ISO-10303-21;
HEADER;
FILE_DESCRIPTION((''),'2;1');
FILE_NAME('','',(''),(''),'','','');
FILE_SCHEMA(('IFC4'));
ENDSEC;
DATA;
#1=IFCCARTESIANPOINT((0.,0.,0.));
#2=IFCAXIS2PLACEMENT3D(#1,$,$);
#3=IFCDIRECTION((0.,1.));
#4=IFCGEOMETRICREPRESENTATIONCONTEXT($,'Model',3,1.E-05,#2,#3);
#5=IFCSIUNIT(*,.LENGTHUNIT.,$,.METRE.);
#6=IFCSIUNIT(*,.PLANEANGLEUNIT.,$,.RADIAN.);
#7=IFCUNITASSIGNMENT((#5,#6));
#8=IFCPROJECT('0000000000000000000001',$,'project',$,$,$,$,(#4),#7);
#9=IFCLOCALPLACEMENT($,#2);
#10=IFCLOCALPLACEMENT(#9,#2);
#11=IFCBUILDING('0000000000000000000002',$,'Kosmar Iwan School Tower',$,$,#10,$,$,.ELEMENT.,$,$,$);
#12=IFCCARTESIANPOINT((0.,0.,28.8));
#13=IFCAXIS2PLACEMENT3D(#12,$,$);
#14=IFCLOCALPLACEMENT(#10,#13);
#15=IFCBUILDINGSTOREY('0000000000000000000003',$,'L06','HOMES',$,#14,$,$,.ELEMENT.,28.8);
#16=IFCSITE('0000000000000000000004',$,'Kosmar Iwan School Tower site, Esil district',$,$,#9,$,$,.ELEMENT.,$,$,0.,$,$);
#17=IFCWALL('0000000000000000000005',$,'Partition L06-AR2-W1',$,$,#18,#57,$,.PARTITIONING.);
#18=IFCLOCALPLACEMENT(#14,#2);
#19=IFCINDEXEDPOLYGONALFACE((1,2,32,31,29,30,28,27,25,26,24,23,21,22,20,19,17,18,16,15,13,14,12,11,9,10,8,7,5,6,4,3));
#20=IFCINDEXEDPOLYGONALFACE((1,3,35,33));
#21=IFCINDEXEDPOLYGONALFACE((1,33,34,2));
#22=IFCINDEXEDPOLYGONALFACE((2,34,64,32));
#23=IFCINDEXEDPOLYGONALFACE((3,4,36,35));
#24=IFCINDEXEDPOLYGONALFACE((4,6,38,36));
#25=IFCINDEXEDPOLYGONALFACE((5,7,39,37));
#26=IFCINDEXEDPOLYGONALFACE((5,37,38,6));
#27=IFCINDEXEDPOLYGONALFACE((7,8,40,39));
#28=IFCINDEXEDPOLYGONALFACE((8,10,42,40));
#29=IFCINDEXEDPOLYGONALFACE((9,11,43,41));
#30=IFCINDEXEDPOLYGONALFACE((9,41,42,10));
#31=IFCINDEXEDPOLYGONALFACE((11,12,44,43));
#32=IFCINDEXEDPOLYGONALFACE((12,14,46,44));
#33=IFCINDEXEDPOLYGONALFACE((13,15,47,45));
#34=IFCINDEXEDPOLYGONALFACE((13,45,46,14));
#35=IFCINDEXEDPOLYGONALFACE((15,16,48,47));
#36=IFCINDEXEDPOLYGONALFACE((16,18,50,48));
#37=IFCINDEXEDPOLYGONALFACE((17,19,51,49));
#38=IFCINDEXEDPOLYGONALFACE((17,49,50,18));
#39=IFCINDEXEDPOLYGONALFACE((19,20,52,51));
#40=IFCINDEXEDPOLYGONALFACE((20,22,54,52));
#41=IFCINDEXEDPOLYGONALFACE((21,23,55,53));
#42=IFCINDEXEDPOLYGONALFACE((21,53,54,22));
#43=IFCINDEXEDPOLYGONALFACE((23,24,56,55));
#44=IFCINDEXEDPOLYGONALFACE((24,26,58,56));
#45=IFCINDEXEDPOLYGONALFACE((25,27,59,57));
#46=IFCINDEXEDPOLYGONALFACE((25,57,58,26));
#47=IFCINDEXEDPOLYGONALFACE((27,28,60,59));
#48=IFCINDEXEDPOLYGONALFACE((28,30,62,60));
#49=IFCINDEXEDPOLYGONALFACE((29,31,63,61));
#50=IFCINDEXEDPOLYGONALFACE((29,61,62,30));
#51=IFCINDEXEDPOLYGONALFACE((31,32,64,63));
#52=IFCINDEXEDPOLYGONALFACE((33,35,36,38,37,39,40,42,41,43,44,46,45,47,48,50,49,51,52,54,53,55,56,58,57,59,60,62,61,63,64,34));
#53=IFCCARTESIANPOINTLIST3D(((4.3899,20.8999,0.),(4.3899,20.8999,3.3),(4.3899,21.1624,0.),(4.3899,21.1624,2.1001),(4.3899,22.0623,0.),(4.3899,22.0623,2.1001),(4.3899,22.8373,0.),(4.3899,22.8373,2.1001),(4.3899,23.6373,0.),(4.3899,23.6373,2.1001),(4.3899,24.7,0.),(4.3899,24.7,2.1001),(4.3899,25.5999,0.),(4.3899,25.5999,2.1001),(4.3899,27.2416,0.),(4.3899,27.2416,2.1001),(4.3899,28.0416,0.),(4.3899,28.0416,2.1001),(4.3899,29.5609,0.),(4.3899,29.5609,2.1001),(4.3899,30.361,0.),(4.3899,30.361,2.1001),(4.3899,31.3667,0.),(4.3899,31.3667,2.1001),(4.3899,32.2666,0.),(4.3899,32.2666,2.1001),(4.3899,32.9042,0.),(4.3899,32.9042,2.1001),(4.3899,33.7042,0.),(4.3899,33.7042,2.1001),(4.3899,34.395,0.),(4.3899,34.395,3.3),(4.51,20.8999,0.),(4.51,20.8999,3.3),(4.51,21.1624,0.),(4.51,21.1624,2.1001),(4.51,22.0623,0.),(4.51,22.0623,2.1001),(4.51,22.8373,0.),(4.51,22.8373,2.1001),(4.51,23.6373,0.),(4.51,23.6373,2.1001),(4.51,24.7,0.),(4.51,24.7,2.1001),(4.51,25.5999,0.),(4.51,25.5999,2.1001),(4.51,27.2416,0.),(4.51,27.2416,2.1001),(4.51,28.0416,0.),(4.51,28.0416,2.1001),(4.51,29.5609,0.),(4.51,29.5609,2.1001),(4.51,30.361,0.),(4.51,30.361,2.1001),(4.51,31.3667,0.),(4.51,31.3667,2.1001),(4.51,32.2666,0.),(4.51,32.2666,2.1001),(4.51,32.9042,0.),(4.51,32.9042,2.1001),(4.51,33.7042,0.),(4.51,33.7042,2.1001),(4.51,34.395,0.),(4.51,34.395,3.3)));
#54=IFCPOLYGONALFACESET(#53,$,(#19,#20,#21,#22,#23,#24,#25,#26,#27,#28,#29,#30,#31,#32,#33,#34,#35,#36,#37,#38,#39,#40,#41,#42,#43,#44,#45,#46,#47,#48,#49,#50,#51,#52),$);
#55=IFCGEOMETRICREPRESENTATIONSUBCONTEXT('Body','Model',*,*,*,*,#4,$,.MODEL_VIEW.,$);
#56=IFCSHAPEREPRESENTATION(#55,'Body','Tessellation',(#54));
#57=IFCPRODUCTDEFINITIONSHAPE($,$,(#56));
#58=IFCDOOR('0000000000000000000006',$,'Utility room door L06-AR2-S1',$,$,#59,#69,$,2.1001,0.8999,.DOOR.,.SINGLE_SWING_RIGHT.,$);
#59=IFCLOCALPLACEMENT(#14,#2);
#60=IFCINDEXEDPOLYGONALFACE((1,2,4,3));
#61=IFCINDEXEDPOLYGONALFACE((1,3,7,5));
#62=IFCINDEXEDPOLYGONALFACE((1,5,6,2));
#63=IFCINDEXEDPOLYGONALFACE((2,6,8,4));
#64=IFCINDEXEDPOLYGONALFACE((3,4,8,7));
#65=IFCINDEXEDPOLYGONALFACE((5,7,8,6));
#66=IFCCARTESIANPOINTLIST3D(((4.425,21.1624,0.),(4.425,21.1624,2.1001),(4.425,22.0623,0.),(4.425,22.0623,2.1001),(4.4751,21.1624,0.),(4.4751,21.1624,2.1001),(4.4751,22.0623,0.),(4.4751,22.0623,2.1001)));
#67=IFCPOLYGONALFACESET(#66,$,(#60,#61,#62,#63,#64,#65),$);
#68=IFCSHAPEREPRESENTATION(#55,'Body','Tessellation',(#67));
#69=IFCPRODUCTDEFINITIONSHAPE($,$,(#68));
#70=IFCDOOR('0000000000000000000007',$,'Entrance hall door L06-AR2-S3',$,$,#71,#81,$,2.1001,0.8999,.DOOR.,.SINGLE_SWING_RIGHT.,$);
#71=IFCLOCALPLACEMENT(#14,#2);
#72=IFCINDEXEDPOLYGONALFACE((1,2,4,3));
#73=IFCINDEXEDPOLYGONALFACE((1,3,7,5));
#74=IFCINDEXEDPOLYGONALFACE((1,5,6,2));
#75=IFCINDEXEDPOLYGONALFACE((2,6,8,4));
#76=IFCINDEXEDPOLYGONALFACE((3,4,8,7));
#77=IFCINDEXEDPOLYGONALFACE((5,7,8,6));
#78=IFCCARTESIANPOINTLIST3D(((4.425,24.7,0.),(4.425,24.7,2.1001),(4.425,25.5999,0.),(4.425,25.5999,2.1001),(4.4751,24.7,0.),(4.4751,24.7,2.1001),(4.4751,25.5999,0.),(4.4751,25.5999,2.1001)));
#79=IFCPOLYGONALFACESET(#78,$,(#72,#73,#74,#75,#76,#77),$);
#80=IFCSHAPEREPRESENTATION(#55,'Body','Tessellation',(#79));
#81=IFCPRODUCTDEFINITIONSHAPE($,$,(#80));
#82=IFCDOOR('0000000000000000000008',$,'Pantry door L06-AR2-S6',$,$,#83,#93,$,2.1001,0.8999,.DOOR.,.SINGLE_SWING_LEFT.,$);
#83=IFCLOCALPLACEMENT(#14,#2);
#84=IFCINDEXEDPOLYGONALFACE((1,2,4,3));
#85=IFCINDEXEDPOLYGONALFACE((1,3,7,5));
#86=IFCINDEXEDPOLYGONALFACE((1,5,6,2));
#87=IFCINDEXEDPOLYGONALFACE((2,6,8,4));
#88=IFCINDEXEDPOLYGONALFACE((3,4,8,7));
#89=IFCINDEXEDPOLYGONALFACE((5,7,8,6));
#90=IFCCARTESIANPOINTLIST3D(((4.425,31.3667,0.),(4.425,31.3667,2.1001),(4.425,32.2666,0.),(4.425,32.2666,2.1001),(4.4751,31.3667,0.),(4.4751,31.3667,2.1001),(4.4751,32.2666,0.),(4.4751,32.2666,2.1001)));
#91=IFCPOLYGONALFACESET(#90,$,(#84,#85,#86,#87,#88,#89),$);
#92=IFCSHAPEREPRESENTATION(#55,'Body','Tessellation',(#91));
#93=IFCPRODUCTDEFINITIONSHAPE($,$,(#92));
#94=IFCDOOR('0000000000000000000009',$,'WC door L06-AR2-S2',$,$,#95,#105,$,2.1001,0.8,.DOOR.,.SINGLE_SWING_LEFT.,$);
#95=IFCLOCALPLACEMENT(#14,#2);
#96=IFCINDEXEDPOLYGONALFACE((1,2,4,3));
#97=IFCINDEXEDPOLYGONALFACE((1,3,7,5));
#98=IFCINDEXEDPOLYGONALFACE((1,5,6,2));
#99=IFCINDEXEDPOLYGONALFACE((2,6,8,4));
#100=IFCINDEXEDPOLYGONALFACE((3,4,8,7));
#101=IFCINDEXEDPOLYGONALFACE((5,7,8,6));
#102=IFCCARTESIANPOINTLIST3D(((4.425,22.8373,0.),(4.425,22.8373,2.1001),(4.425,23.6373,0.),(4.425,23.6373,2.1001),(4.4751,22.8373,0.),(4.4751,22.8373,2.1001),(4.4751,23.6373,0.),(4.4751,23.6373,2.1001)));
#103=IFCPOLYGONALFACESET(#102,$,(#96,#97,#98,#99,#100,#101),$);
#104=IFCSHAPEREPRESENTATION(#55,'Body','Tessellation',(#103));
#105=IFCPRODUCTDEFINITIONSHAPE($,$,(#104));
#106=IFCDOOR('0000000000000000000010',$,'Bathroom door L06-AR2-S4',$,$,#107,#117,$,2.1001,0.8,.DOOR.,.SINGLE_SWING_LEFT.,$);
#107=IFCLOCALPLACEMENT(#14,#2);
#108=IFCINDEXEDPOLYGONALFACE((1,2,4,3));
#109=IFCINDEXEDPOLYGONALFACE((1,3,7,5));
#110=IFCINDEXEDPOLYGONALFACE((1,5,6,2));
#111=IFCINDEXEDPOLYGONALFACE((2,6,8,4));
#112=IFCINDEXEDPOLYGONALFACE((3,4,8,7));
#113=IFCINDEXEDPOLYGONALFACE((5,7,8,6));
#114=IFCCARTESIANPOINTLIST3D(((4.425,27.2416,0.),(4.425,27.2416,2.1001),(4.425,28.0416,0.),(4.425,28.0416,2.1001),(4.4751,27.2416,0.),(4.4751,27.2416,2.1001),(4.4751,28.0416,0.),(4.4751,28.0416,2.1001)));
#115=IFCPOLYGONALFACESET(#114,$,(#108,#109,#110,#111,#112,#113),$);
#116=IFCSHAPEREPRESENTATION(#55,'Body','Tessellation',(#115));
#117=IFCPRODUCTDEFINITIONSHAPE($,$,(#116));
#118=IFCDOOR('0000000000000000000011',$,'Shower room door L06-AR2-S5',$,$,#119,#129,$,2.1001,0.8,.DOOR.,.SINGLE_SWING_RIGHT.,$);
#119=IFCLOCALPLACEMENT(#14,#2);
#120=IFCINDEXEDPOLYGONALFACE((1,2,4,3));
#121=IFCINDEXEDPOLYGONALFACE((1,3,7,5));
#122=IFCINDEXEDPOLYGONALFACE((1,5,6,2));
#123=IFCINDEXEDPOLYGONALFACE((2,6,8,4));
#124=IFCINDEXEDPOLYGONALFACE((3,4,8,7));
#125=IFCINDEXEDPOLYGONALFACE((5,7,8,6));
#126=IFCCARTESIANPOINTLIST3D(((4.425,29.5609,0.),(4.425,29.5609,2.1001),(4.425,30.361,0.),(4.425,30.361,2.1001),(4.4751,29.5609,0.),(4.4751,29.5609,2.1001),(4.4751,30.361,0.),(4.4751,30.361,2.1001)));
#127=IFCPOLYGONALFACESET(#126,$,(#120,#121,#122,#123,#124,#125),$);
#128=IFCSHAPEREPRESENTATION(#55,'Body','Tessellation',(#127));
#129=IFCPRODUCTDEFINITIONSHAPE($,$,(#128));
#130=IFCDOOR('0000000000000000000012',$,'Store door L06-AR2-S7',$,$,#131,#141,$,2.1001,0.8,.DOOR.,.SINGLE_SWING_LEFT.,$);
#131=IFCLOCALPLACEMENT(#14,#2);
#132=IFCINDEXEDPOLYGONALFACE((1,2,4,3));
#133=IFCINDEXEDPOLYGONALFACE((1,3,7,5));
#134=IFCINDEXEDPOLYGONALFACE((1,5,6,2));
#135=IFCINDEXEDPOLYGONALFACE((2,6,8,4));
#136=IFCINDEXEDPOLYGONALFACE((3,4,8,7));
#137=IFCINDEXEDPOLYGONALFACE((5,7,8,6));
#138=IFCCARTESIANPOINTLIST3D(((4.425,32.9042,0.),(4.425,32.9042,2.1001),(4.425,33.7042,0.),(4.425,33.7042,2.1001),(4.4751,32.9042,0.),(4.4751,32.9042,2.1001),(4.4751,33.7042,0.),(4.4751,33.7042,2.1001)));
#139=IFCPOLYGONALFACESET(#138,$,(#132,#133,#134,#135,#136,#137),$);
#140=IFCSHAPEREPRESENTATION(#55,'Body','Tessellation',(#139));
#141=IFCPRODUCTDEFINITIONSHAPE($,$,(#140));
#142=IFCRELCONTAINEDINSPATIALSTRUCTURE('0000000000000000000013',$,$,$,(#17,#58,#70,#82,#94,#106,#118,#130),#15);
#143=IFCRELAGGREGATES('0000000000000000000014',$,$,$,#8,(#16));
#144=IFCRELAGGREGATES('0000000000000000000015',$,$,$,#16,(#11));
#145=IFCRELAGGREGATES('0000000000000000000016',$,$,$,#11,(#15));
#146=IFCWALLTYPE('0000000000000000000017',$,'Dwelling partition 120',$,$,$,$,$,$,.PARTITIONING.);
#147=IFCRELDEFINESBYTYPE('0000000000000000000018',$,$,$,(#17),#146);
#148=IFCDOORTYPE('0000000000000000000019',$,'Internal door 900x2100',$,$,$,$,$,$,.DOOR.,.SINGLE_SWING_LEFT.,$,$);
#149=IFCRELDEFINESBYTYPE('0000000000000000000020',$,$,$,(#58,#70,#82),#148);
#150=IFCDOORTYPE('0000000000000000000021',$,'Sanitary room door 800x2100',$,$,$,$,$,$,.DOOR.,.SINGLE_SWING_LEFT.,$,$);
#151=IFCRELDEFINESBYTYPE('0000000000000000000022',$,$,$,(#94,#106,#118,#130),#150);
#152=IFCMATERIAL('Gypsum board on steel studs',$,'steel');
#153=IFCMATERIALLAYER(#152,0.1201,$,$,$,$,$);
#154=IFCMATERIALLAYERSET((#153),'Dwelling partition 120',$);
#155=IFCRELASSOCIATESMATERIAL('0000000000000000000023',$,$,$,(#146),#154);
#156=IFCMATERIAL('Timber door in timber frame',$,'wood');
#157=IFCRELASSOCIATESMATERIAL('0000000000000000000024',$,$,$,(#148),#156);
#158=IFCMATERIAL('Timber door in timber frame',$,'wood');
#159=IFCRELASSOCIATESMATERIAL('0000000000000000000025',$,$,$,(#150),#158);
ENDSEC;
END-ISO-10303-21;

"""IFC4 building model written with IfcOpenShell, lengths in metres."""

from ifc_helpers import new_model, si_unit, direction, frame, frame_2d, origin, place, context, subcontext, project, spatial, rectangle, extrude, material, layer, layer_set, type_object, element, fill, save


model = new_model("IFC4")

# Units and contexts
model_context = context("Model", 3, precision=1e-05, world=origin(), true_north=direction((0.0, 1.0)))
body_context = subcontext(model_context, "Body", "Model", "MODEL_VIEW")
ifc_project = project(units=[si_unit("LENGTHUNIT", "METRE"), si_unit("PLANEANGLEUNIT", "RADIAN")], contexts=[model_context])

# Site, building, storey
site_placement = place(None, origin())
site = spatial("IfcSite", under=ifc_project, at=site_placement, Name="Kosmar Iwan School Tower site, Esil district", CompositionType="ELEMENT", RefElevation=0.0)
building_placement = place(site_placement, origin())
building = spatial("IfcBuilding", under=site, at=building_placement, Name="Kosmar Iwan School Tower", CompositionType="ELEMENT")
storey_placement = place(building_placement, frame((0.0, 0.0, 28.8)))
storey = spatial("IfcBuildingStorey", under=building, at=storey_placement, Name="L06", Description="HOMES", CompositionType="ELEMENT", Elevation=28.8)

# Wall, openings, doors
ifc_material_1 = material(Name="Gypsum board on steel studs", Category="steel")
ifc_layer_1 = layer(ifc_material_1, 0.1201)
ifc_layer_set_1 = layer_set([ifc_layer_1], Name="Dwelling partition 120")
wall_type_1 = type_object("IfcWallType", Name="Dwelling partition 120", PredefinedType="PARTITIONING", material=ifc_layer_set_1)
wall_1_placement = place(storey_placement, frame((4.45, 20.8999, 0.0), z_axis=(0.0, 0.0, 1.0), x_axis=(0.0, 1.0, 0.0)))
wall_1 = element("IfcWall", 1, at=wall_1_placement, inside=storey, type_object=wall_type_1, Name="Partition L06-AR2-W1", PredefinedType="PARTITIONING", context=body_context, shape_type="SweptSolid", body=[
    extrude(rectangle(XDim=13.4951, YDim=0.1201, at=frame_2d((6.7476, 0.0))), origin(), (0.0, 0.0, 1.0), 3.3),
])
opening_1_placement = place(wall_1_placement, frame((0.2625, 0.0, 0.0)))
opening_1 = element("IfcOpeningElement", 2, at=opening_1_placement, cuts=wall_1, PredefinedType="OPENING", context=body_context, shape_type="SweptSolid", body=[
    extrude(rectangle(XDim=0.8999, YDim=2.1001, at=frame_2d((0.45, 1.05))), frame((0.0, 0.072, 0.0), z_axis=(0.0, -1.0, 0.0), x_axis=(1.0, 0.0, 0.0)), (0.0, 0.0, 1.0), 0.144),
])
opening_2_placement = place(wall_1_placement, frame((1.9375, 0.0, 0.0)))
opening_2 = element("IfcOpeningElement", 3, at=opening_2_placement, cuts=wall_1, PredefinedType="OPENING", context=body_context, shape_type="SweptSolid", body=[
    extrude(rectangle(XDim=0.8, YDim=2.1001, at=frame_2d((0.3999, 1.05))), frame((0.0, 0.072, 0.0), z_axis=(0.0, -1.0, 0.0), x_axis=(1.0, 0.0, 0.0)), (0.0, 0.0, 1.0), 0.144),
])
opening_3_placement = place(wall_1_placement, frame((3.8, 0.0, 0.0)))
opening_3 = element("IfcOpeningElement", 4, at=opening_3_placement, cuts=wall_1, PredefinedType="OPENING", context=body_context, shape_type="SweptSolid", body=[
    extrude(rectangle(XDim=0.8999, YDim=2.1001, at=frame_2d((0.45, 1.05))), frame((0.0, 0.072, 0.0), z_axis=(0.0, -1.0, 0.0), x_axis=(1.0, 0.0, 0.0)), (0.0, 0.0, 1.0), 0.144),
])
opening_4_placement = place(wall_1_placement, frame((6.3418, 0.0, 0.0)))
opening_4 = element("IfcOpeningElement", 5, at=opening_4_placement, cuts=wall_1, PredefinedType="OPENING", context=body_context, shape_type="SweptSolid", body=[
    extrude(rectangle(XDim=0.8, YDim=2.1001, at=frame_2d((0.3999, 1.05))), frame((0.0, 0.072, 0.0), z_axis=(0.0, -1.0, 0.0), x_axis=(1.0, 0.0, 0.0)), (0.0, 0.0, 1.0), 0.144),
])
opening_5_placement = place(wall_1_placement, frame((8.6611, 0.0, 0.0)))
opening_5 = element("IfcOpeningElement", 6, at=opening_5_placement, cuts=wall_1, PredefinedType="OPENING", context=body_context, shape_type="SweptSolid", body=[
    extrude(rectangle(XDim=0.8, YDim=2.1001, at=frame_2d((0.3999, 1.05))), frame((0.0, 0.072, 0.0), z_axis=(0.0, -1.0, 0.0), x_axis=(1.0, 0.0, 0.0)), (0.0, 0.0, 1.0), 0.144),
])
opening_6_placement = place(wall_1_placement, frame((10.4668, 0.0, 0.0)))
opening_6 = element("IfcOpeningElement", 7, at=opening_6_placement, cuts=wall_1, PredefinedType="OPENING", context=body_context, shape_type="SweptSolid", body=[
    extrude(rectangle(XDim=0.8999, YDim=2.1001, at=frame_2d((0.45, 1.05))), frame((0.0, 0.072, 0.0), z_axis=(0.0, -1.0, 0.0), x_axis=(1.0, 0.0, 0.0)), (0.0, 0.0, 1.0), 0.144),
])
opening_7_placement = place(wall_1_placement, frame((12.0044, 0.0, 0.0)))
opening_7 = element("IfcOpeningElement", 8, at=opening_7_placement, cuts=wall_1, PredefinedType="OPENING", context=body_context, shape_type="SweptSolid", body=[
    extrude(rectangle(XDim=0.8, YDim=2.1001, at=frame_2d((0.3999, 1.05))), frame((0.0, 0.072, 0.0), z_axis=(0.0, -1.0, 0.0), x_axis=(1.0, 0.0, 0.0)), (0.0, 0.0, 1.0), 0.144),
])
ifc_material_2 = material(Name="Timber door in timber frame", Category="wood")
door_type_1 = type_object("IfcDoorType", Name="Internal door 900x2100", OperationType="SINGLE_SWING_LEFT", PredefinedType="DOOR", material=ifc_material_2)
door_1_placement = place(opening_1_placement, origin())
door_1 = element("IfcDoor", 9, at=door_1_placement, inside=storey, type_object=door_type_1, Name="Utility room door L06-AR2-S1", OperationType="SINGLE_SWING_RIGHT", OverallHeight=2.1001, OverallWidth=0.8999, PredefinedType="DOOR", context=body_context, shape_type="SweptSolid", body=[
    extrude(rectangle(XDim=0.8999, YDim=2.1001, at=frame_2d((0.45, 1.05))), frame((0.0, 0.0249, 0.0), z_axis=(0.0, -1.0, 0.0), x_axis=(1.0, 0.0, 0.0)), (0.0, 0.0, 1.0), 0.05),
])
fill(opening_1, door_1)
door_2_placement = place(opening_3_placement, origin())
door_2 = element("IfcDoor", 10, at=door_2_placement, inside=storey, type_object=door_type_1, Name="Entrance hall door L06-AR2-S3", OperationType="SINGLE_SWING_RIGHT", OverallHeight=2.1001, OverallWidth=0.8999, PredefinedType="DOOR", context=body_context, shape_type="SweptSolid", body=[
    extrude(rectangle(XDim=0.8999, YDim=2.1001, at=frame_2d((0.45, 1.05))), frame((0.0, 0.0249, 0.0), z_axis=(0.0, -1.0, 0.0), x_axis=(1.0, 0.0, 0.0)), (0.0, 0.0, 1.0), 0.05),
])
fill(opening_3, door_2)
door_3_placement = place(opening_6_placement, origin())
door_3 = element("IfcDoor", 11, at=door_3_placement, inside=storey, type_object=door_type_1, Name="Pantry door L06-AR2-S6", OperationType="SINGLE_SWING_LEFT", OverallHeight=2.1001, OverallWidth=0.8999, PredefinedType="DOOR", context=body_context, shape_type="SweptSolid", body=[
    extrude(rectangle(XDim=0.8999, YDim=2.1001, at=frame_2d((0.45, 1.05))), frame((0.0, 0.0249, 0.0), z_axis=(0.0, -1.0, 0.0), x_axis=(1.0, 0.0, 0.0)), (0.0, 0.0, 1.0), 0.05),
])
fill(opening_6, door_3)
ifc_material_3 = material(Name="Timber door in timber frame", Category="wood")
door_type_2 = type_object("IfcDoorType", Name="Sanitary room door 800x2100", OperationType="SINGLE_SWING_LEFT", PredefinedType="DOOR", material=ifc_material_3)
door_4_placement = place(opening_2_placement, origin())
door_4 = element("IfcDoor", 12, at=door_4_placement, inside=storey, type_object=door_type_2, Name="WC door L06-AR2-S2", OperationType="SINGLE_SWING_LEFT", OverallHeight=2.1001, OverallWidth=0.8, PredefinedType="DOOR", context=body_context, shape_type="SweptSolid", body=[
    extrude(rectangle(XDim=0.8, YDim=2.1001, at=frame_2d((0.3999, 1.05))), frame((0.0, 0.0249, 0.0), z_axis=(0.0, -1.0, 0.0), x_axis=(1.0, 0.0, 0.0)), (0.0, 0.0, 1.0), 0.05),
])
fill(opening_2, door_4)
door_5_placement = place(opening_4_placement, origin())
door_5 = element("IfcDoor", 13, at=door_5_placement, inside=storey, type_object=door_type_2, Name="Bathroom door L06-AR2-S4", OperationType="SINGLE_SWING_LEFT", OverallHeight=2.1001, OverallWidth=0.8, PredefinedType="DOOR", context=body_context, shape_type="SweptSolid", body=[
    extrude(rectangle(XDim=0.8, YDim=2.1001, at=frame_2d((0.3999, 1.05))), frame((0.0, 0.0249, 0.0), z_axis=(0.0, -1.0, 0.0), x_axis=(1.0, 0.0, 0.0)), (0.0, 0.0, 1.0), 0.05),
])
fill(opening_4, door_5)
door_6_placement = place(opening_5_placement, origin())
door_6 = element("IfcDoor", 14, at=door_6_placement, inside=storey, type_object=door_type_2, Name="Shower room door L06-AR2-S5", OperationType="SINGLE_SWING_RIGHT", OverallHeight=2.1001, OverallWidth=0.8, PredefinedType="DOOR", context=body_context, shape_type="SweptSolid", body=[
    extrude(rectangle(XDim=0.8, YDim=2.1001, at=frame_2d((0.3999, 1.05))), frame((0.0, 0.0249, 0.0), z_axis=(0.0, -1.0, 0.0), x_axis=(1.0, 0.0, 0.0)), (0.0, 0.0, 1.0), 0.05),
])
fill(opening_5, door_6)
door_7_placement = place(opening_7_placement, origin())
door_7 = element("IfcDoor", 15, at=door_7_placement, inside=storey, type_object=door_type_2, Name="Store door L06-AR2-S7", OperationType="SINGLE_SWING_LEFT", OverallHeight=2.1001, OverallWidth=0.8, PredefinedType="DOOR", context=body_context, shape_type="SweptSolid", body=[
    extrude(rectangle(XDim=0.8, YDim=2.1001, at=frame_2d((0.3999, 1.05))), frame((0.0, 0.0249, 0.0), z_axis=(0.0, -1.0, 0.0), x_axis=(1.0, 0.0, 0.0)), (0.0, 0.0, 1.0), 0.05),
])
fill(opening_7, door_7)

save(model, "model.ifc")
